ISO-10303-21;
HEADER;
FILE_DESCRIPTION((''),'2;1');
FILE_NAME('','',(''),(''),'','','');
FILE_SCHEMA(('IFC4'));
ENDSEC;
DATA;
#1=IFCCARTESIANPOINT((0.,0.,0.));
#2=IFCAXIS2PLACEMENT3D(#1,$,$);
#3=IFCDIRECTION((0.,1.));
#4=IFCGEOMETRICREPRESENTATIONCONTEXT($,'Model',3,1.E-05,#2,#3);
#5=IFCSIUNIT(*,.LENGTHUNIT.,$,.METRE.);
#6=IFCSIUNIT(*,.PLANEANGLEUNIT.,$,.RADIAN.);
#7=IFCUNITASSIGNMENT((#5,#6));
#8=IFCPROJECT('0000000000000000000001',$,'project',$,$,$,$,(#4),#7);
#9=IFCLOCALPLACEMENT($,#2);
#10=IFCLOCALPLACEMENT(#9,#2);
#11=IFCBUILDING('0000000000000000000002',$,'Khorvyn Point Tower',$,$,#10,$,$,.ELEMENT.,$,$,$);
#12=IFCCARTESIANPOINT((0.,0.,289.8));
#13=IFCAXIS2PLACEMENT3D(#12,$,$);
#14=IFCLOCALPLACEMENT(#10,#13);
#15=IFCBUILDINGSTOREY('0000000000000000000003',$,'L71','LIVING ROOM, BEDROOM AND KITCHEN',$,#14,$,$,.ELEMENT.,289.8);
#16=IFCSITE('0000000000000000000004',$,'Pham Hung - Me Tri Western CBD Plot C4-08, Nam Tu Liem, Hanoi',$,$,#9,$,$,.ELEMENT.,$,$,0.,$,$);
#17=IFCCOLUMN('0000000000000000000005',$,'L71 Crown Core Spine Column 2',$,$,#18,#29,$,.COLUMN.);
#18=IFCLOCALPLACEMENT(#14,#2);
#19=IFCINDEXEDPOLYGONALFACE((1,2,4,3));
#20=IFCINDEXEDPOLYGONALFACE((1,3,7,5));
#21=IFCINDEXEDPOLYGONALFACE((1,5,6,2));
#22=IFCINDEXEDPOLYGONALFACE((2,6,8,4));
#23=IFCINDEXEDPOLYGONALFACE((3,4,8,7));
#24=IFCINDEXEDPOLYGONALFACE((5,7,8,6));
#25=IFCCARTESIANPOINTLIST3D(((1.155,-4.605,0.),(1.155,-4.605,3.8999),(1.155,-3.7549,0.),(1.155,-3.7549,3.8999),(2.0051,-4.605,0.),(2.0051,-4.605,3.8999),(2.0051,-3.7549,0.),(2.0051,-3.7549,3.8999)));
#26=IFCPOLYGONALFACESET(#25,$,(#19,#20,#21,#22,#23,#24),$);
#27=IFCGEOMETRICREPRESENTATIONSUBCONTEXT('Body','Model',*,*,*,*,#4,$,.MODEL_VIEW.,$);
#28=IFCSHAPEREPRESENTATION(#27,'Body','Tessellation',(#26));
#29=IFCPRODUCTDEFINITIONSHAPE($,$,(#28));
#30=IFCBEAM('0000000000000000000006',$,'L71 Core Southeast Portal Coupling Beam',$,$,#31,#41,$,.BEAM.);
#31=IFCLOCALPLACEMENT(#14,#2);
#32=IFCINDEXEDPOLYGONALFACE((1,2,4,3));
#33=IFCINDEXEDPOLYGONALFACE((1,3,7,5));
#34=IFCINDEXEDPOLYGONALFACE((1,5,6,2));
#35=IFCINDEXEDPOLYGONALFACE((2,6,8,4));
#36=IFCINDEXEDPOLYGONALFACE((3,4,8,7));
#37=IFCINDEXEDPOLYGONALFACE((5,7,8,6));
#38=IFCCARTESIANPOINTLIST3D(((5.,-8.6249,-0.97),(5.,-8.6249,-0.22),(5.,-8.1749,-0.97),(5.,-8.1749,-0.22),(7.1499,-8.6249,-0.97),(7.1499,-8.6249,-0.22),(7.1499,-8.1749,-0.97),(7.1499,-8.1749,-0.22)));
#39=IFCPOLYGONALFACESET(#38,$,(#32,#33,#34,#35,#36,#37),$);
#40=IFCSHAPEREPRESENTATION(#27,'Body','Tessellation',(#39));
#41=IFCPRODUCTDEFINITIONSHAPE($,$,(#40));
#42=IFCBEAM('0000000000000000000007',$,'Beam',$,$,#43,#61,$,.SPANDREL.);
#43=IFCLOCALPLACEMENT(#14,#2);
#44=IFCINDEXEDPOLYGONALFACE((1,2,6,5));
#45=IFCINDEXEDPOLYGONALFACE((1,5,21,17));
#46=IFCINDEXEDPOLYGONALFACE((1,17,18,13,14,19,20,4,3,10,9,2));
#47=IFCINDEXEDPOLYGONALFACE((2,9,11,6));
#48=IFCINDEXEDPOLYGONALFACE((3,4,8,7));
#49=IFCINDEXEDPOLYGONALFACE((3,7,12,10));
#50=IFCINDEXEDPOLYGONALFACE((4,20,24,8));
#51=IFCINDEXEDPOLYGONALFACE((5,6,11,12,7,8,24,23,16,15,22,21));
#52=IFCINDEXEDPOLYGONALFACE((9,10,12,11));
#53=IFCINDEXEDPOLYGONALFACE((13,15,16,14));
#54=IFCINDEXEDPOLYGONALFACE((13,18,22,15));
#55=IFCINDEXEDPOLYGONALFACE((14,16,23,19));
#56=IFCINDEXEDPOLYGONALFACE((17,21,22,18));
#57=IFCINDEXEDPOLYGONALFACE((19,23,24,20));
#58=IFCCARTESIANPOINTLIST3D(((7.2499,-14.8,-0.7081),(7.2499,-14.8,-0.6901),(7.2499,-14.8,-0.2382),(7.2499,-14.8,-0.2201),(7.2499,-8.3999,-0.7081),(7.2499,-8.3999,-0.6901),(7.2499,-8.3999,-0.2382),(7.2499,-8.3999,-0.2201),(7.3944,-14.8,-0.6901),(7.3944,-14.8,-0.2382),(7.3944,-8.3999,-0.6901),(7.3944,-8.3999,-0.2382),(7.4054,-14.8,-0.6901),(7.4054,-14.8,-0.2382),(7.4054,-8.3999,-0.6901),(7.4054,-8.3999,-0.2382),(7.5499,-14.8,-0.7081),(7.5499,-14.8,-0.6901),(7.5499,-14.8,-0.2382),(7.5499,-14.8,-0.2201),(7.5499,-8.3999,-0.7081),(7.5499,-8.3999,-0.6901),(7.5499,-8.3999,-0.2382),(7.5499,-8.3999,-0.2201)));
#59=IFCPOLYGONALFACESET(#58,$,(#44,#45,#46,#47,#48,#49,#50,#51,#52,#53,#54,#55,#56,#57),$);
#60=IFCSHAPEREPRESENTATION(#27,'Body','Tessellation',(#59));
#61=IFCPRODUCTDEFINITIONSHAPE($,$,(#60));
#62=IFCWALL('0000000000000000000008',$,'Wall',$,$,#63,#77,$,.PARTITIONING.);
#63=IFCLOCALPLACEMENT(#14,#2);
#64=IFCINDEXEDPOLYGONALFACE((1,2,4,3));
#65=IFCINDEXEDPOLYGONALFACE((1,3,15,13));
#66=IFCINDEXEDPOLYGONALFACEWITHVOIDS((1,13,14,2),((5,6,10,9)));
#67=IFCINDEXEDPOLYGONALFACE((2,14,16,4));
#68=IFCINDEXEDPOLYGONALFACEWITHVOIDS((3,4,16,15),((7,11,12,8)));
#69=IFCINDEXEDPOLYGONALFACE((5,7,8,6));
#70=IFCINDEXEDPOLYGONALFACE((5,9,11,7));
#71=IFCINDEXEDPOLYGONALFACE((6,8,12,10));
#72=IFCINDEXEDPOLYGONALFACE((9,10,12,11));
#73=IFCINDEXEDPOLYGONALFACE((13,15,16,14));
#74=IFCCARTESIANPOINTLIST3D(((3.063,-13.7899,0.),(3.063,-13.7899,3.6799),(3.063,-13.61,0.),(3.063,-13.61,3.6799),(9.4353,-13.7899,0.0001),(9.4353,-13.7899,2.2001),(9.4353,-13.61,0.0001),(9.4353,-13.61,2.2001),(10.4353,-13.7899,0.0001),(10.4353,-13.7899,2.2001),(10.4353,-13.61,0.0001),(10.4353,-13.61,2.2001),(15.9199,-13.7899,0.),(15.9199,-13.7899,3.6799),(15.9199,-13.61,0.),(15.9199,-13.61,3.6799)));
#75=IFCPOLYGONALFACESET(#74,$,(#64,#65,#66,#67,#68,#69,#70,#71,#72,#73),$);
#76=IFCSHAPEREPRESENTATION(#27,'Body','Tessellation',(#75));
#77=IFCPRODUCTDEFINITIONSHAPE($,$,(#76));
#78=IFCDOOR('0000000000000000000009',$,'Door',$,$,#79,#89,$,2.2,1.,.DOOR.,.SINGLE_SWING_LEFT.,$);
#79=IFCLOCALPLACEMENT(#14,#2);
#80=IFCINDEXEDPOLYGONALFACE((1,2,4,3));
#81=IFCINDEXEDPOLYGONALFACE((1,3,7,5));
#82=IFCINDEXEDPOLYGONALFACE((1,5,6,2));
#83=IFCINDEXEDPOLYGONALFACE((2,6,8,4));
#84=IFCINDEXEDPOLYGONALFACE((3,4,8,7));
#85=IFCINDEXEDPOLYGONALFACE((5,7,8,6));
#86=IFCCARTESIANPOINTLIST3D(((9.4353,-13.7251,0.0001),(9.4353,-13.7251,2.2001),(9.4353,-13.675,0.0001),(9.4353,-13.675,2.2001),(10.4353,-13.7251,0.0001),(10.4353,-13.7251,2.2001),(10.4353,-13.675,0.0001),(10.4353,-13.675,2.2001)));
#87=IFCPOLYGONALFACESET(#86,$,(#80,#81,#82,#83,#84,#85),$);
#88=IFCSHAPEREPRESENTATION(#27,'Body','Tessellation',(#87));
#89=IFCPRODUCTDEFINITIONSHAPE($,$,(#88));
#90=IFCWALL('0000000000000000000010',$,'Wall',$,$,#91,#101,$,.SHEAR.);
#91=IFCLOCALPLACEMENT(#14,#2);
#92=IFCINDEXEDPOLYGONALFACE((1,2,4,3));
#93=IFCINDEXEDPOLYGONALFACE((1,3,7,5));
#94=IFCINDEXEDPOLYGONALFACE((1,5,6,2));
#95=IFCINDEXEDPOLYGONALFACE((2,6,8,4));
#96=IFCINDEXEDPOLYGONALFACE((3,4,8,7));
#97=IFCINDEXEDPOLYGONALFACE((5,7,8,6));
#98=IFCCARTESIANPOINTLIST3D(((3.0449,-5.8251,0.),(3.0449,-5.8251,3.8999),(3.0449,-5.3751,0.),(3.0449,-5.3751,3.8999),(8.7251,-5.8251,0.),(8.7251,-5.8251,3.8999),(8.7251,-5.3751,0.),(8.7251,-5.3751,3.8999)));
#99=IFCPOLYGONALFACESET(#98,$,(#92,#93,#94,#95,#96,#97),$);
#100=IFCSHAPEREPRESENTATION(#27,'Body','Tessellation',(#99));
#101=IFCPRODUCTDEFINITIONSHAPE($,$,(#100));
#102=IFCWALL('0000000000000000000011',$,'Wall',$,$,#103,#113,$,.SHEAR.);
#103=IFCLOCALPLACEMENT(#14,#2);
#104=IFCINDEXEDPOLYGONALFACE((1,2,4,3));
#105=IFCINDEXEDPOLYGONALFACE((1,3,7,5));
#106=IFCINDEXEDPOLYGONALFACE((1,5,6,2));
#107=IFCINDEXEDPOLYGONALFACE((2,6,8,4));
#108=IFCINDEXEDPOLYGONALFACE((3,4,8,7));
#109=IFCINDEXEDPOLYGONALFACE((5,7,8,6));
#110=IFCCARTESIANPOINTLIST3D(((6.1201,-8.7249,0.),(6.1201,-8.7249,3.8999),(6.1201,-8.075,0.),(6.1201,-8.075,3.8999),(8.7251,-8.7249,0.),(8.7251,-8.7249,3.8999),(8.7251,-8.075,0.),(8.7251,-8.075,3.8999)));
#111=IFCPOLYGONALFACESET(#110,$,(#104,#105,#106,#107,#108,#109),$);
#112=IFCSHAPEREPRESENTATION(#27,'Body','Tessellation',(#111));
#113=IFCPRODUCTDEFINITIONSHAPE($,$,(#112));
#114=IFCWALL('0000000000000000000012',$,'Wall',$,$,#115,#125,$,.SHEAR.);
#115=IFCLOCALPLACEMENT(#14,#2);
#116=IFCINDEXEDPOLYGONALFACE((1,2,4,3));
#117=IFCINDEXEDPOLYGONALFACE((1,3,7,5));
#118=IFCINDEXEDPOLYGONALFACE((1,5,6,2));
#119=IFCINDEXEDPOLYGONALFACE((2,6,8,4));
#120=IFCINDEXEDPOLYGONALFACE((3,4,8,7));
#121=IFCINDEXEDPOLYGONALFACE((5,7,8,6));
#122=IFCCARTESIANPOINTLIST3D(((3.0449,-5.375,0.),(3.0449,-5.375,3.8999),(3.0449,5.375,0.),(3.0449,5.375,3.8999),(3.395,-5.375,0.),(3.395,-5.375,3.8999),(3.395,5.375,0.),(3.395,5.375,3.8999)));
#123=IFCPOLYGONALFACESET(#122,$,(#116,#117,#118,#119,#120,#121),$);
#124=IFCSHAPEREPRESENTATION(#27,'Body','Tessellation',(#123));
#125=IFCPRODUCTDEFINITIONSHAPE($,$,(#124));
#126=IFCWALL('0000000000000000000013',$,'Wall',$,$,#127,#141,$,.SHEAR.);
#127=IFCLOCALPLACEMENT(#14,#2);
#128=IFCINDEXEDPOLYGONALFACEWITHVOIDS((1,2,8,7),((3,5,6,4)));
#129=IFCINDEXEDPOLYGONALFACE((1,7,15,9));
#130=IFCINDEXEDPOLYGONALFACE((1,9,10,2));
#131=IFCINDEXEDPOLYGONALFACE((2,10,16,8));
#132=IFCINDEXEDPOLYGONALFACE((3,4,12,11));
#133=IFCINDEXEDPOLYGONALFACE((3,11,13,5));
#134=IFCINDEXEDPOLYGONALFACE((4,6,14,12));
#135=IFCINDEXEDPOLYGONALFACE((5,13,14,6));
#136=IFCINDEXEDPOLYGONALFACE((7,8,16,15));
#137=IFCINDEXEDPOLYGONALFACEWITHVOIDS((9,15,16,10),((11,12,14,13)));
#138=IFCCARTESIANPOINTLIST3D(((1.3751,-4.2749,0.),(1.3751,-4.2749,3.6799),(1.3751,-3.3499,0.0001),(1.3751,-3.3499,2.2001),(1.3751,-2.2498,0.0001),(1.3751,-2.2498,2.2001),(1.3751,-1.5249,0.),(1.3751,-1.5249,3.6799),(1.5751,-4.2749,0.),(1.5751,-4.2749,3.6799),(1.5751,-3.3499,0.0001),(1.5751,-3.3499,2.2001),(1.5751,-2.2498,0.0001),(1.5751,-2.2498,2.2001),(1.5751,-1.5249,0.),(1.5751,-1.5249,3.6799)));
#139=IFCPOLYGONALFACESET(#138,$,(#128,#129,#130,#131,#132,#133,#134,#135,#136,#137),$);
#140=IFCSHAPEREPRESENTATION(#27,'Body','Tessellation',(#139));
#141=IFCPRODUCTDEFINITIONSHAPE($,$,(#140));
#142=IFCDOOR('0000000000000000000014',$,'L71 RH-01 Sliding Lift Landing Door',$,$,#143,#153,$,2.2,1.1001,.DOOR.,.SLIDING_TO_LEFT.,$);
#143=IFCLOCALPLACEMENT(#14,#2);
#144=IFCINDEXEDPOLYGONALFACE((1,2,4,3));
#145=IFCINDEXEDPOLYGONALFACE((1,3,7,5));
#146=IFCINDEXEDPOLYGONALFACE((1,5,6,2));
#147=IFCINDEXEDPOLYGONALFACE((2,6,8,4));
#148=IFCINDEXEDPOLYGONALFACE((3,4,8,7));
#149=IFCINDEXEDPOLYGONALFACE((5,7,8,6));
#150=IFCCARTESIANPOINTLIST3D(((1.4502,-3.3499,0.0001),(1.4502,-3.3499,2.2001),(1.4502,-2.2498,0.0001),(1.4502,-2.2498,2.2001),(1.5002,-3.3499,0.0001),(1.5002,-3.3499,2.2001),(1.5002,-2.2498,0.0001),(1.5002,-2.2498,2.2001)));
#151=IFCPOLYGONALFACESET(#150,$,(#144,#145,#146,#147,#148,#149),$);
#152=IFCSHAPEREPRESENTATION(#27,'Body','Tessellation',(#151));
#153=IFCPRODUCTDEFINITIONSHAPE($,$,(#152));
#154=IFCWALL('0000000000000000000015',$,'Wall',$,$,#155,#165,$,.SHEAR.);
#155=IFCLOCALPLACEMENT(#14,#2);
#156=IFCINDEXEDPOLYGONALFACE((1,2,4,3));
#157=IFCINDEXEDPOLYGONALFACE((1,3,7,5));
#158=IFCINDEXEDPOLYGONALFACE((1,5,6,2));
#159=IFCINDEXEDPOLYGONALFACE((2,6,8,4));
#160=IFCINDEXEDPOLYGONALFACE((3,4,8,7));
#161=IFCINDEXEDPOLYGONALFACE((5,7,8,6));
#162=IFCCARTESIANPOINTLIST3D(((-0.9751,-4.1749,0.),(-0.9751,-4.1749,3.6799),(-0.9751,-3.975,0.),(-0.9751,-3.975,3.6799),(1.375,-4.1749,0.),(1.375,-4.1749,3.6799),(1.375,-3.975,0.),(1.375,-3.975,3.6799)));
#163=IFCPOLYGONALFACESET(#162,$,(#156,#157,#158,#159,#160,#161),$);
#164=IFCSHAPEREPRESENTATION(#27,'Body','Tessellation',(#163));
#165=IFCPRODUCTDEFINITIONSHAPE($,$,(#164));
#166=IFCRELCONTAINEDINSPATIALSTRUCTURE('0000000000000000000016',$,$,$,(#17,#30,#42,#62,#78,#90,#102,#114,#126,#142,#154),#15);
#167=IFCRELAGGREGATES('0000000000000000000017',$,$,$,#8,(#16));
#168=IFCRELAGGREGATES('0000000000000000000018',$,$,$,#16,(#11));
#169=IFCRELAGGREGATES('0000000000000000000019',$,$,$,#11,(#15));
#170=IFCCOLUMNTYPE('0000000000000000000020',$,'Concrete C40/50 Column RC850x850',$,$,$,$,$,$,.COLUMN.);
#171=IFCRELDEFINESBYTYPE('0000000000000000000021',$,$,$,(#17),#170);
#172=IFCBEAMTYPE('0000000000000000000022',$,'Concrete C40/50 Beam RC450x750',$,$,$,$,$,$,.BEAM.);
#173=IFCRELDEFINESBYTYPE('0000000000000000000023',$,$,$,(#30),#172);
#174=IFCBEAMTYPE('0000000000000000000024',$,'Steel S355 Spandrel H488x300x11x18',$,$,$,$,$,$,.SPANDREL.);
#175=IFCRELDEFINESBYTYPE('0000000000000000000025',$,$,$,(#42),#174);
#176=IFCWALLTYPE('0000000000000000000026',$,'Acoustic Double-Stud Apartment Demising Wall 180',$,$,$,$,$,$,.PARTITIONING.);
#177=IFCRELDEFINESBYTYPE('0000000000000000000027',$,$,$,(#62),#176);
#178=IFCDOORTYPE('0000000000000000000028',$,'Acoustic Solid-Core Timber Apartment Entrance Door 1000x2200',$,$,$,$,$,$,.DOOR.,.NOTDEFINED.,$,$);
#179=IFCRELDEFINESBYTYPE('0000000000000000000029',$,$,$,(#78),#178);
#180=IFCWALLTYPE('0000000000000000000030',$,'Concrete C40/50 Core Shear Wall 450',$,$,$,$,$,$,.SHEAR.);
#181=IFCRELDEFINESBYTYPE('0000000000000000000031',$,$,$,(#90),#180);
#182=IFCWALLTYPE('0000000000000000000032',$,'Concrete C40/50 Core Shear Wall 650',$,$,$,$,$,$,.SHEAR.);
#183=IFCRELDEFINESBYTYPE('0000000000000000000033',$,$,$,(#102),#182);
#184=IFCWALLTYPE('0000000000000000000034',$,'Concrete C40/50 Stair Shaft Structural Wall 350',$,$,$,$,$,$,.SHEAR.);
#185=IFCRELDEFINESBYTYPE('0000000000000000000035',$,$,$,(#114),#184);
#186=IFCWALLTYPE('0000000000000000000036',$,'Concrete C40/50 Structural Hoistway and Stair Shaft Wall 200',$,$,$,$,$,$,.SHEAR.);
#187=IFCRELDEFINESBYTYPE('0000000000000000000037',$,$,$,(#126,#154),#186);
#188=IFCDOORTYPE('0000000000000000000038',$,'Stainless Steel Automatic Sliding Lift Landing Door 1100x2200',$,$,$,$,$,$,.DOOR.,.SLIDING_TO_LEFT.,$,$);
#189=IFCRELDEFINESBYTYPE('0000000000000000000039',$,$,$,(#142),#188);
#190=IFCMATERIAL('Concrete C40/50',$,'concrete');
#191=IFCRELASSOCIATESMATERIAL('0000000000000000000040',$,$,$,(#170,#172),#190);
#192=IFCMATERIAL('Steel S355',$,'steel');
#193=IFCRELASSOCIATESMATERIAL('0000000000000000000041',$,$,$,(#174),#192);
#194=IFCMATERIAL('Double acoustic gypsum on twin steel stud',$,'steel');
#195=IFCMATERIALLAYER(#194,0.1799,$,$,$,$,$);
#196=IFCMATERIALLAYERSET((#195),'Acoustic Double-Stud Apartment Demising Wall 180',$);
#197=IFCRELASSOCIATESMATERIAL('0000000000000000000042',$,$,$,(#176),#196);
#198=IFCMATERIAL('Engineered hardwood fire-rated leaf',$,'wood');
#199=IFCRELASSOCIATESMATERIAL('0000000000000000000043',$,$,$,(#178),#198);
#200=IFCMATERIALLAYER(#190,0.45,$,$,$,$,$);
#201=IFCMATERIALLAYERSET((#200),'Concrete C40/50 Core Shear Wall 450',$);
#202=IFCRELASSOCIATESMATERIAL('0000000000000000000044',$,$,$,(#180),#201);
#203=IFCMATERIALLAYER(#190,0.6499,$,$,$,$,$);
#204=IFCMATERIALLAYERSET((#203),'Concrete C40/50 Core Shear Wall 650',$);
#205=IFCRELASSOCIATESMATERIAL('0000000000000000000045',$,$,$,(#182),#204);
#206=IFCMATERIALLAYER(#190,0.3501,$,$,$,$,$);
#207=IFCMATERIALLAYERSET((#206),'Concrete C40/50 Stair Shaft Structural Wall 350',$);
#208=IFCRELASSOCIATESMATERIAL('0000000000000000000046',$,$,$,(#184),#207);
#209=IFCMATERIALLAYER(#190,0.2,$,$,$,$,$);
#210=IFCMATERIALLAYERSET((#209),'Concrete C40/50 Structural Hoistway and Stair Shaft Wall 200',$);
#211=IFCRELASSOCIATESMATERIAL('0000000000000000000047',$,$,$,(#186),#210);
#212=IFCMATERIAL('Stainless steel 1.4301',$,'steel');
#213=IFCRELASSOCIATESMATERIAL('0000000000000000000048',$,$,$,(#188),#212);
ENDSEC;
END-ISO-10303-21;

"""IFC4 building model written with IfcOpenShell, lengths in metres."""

from ifc_helpers import new_model, si_unit, direction, frame, frame_2d, origin, origin_2d, place, context, subcontext, project, spatial, rectangle, i_section, extrude, material, layer, layer_set, material_profile, profile_set, type_object, element, fill, save


model = new_model("IFC4")

# Units and contexts
model_context = context("Model", 3, precision=1e-05, world=origin(), true_north=direction((0.0, 1.0)))
body_context = subcontext(model_context, "Body", "Model", "MODEL_VIEW")
ifc_project = project(units=[si_unit("LENGTHUNIT", "METRE"), si_unit("PLANEANGLEUNIT", "RADIAN")], contexts=[model_context])

# Site, building, storey
site_placement = place(None, origin())
site = spatial("IfcSite", under=ifc_project, at=site_placement, Name="Pham Hung - Me Tri Western CBD Plot C4-08, Nam Tu Liem, Hanoi", CompositionType="ELEMENT", RefElevation=0.0)
building_placement = place(site_placement, origin())
building = spatial("IfcBuilding", under=site, at=building_placement, Name="Khorvyn Point Tower", CompositionType="ELEMENT")
storey_placement = place(building_placement, frame((0.0, 0.0, 289.8)))
storey = spatial("IfcBuildingStorey", under=building, at=storey_placement, Name="L71", Description="LIVING ROOM, BEDROOM AND KITCHEN", CompositionType="ELEMENT", Elevation=289.8)

# Column
ifc_material_1 = material(Name="Concrete C40/50", Category="concrete")
ifc_material_profile_1 = material_profile(ifc_material_1, rectangle(XDim=0.8501, YDim=0.8501, at=origin_2d()))
ifc_profile_set_1 = profile_set([ifc_material_profile_1], Name="Concrete C40/50 RC850x850")
column_type = type_object("IfcColumnType", Name="Concrete C40/50 Column RC850x850", PredefinedType="COLUMN", material=ifc_profile_set_1)
column_placement = place(storey_placement, frame((1.5801, -4.1799, 0.0), z_axis=(0.0, 0.0, 1.0), x_axis=(1.0, 0.0, 0.0)))
element("IfcColumn", 1, at=column_placement, inside=storey, type_object=column_type, Name="L71 Crown Core Spine Column 2", PredefinedType="COLUMN", context=body_context, shape_type="SweptSolid", body=[
    extrude(rectangle(XDim=0.8501, YDim=0.8501, at=origin_2d()), origin(), (0.0, 0.0, 1.0), 3.8999),
])

# Beams
ifc_material_profile_2 = material_profile(ifc_material_1, rectangle(XDim=0.45, YDim=0.75, at=origin_2d()))
ifc_profile_set_2 = profile_set([ifc_material_profile_2], Name="Concrete C40/50 RC450x750")
beam_type_1 = type_object("IfcBeamType", Name="Concrete C40/50 Beam RC450x750", PredefinedType="BEAM", material=ifc_profile_set_2)
beam_1_placement = place(storey_placement, frame((5.0, -8.3999, -0.595), z_axis=(1.0, 0.0, 0.0), x_axis=(0.0, 1.0, 0.0)))
element("IfcBeam", 2, at=beam_1_placement, inside=storey, type_object=beam_type_1, Name="L71 Core Southeast Portal Coupling Beam", PredefinedType="BEAM", context=body_context, shape_type="SweptSolid", body=[
    extrude(rectangle(XDim=0.45, YDim=0.75, at=origin_2d()), origin(), (0.0, 0.0, 1.0), 2.1499),
])
ifc_material_2 = material(Name="Steel S355", Category="steel")
ifc_material_profile_3 = material_profile(ifc_material_2, i_section(OverallWidth=0.3, OverallDepth=0.488, WebThickness=0.011, FlangeThickness=0.0181, at=origin_2d()))
ifc_profile_set_3 = profile_set([ifc_material_profile_3], Name="Steel S355 H488x300x11x18")
beam_type_2 = type_object("IfcBeamType", Name="Steel S355 Spandrel H488x300x11x18", PredefinedType="SPANDREL", material=ifc_profile_set_3)
beam_2_placement = place(storey_placement, frame((7.3999, -14.8, -0.4641), z_axis=(0.0, 1.0, 0.0), x_axis=(-1.0, 0.0, 0.0)))
element("IfcBeam", 3, at=beam_2_placement, inside=storey, type_object=beam_type_2, Name="Beam", PredefinedType="SPANDREL", context=body_context, shape_type="SweptSolid", body=[
    extrude(i_section(OverallWidth=0.3, OverallDepth=0.488, WebThickness=0.011, FlangeThickness=0.0181, at=origin_2d()), origin(), (0.0, 0.0, 1.0), 6.4001),
])

# Wall, opening, door
ifc_material_3 = material(Name="Double acoustic gypsum on twin steel stud", Category="steel")
ifc_layer_1 = layer(ifc_material_3, 0.1799)
ifc_layer_set_1 = layer_set([ifc_layer_1], Name="Acoustic Double-Stud Apartment Demising Wall 180")
wall_type_1 = type_object("IfcWallType", Name="Acoustic Double-Stud Apartment Demising Wall 180", PredefinedType="PARTITIONING", material=ifc_layer_set_1)
wall_1_placement = place(storey_placement, frame((3.063, -13.7, 0.0), z_axis=(0.0, 0.0, 1.0), x_axis=(1.0, 0.0, 0.0)))
wall_1 = element("IfcWall", 4, at=wall_1_placement, inside=storey, type_object=wall_type_1, Name="Wall", PredefinedType="PARTITIONING", context=body_context, shape_type="SweptSolid", body=[
    extrude(rectangle(XDim=12.8569, YDim=0.1799, at=frame_2d((6.4285, 0.0))), origin(), (0.0, 0.0, 1.0), 3.6799),
])
opening_1_placement = place(wall_1_placement, frame((6.3723, 0.0, 0.0)))
opening_1 = element("IfcOpeningElement", 5, at=opening_1_placement, cuts=wall_1, PredefinedType="OPENING", context=body_context, shape_type="SweptSolid", body=[
    extrude(rectangle(XDim=1.0, YDim=2.2, at=frame_2d((0.5, 1.1001))), frame((0.0, 0.0999, 0.0), z_axis=(0.0, -1.0, 0.0), x_axis=(1.0, 0.0, 0.0)), (0.0, 0.0, 1.0), 0.2),
])
ifc_material_4 = material(Name="Engineered hardwood fire-rated leaf", Category="wood")
door_type_1 = type_object("IfcDoorType", Name="Acoustic Solid-Core Timber Apartment Entrance Door 1000x2200", OperationType="NOTDEFINED", PredefinedType="DOOR", material=ifc_material_4)
door_1_placement = place(opening_1_placement, origin())
door_1 = element("IfcDoor", 6, at=door_1_placement, inside=storey, type_object=door_type_1, Name="Door", OperationType="SINGLE_SWING_LEFT", OverallHeight=2.2, OverallWidth=1.0, PredefinedType="DOOR", context=body_context, shape_type="SweptSolid", body=[
    extrude(rectangle(XDim=1.0, YDim=2.2, at=frame_2d((0.5, 1.1001))), frame((0.0, 0.0249, 0.0), z_axis=(0.0, -1.0, 0.0), x_axis=(1.0, 0.0, 0.0)), (0.0, 0.0, 1.0), 0.05),
])
fill(opening_1, door_1)

# Walls
ifc_layer_2 = layer(ifc_material_1, 0.45)
ifc_layer_set_2 = layer_set([ifc_layer_2], Name="Concrete C40/50 Core Shear Wall 450")
wall_type_2 = type_object("IfcWallType", Name="Concrete C40/50 Core Shear Wall 450", PredefinedType="SHEAR", material=ifc_layer_set_2)
wall_2_placement = place(storey_placement, frame((3.0449, -5.6001, 0.0), z_axis=(0.0, 0.0, 1.0), x_axis=(1.0, 0.0, 0.0)))
element("IfcWall", 7, at=wall_2_placement, inside=storey, type_object=wall_type_2, Name="Wall", PredefinedType="SHEAR", context=body_context, shape_type="SweptSolid", body=[
    extrude(rectangle(XDim=5.6802, YDim=0.45, at=frame_2d((2.8401, 0.0))), origin(), (0.0, 0.0, 1.0), 3.8999),
])
ifc_layer_3 = layer(ifc_material_1, 0.6499)
ifc_layer_set_3 = layer_set([ifc_layer_3], Name="Concrete C40/50 Core Shear Wall 650")
wall_type_3 = type_object("IfcWallType", Name="Concrete C40/50 Core Shear Wall 650", PredefinedType="SHEAR", material=ifc_layer_set_3)
wall_3_placement = place(storey_placement, frame((6.1201, -8.3999, 0.0), z_axis=(0.0, 0.0, 1.0), x_axis=(1.0, 0.0, 0.0)))
element("IfcWall", 8, at=wall_3_placement, inside=storey, type_object=wall_type_3, Name="Wall", PredefinedType="SHEAR", context=body_context, shape_type="SweptSolid", body=[
    extrude(rectangle(XDim=2.605, YDim=0.6499, at=frame_2d((1.3025, 0.0))), origin(), (0.0, 0.0, 1.0), 3.8999),
])

# Wall
ifc_layer_4 = layer(ifc_material_1, 0.3501)
ifc_layer_set_4 = layer_set([ifc_layer_4], Name="Concrete C40/50 Stair Shaft Structural Wall 350")
wall_type_4 = type_object("IfcWallType", Name="Concrete C40/50 Stair Shaft Structural Wall 350", PredefinedType="SHEAR", material=ifc_layer_set_4)
wall_4_placement = place(storey_placement, frame((3.22, -5.375, 0.0), z_axis=(0.0, 0.0, 1.0), x_axis=(0.0, 1.0, 0.0)))
element("IfcWall", 9, at=wall_4_placement, inside=storey, type_object=wall_type_4, Name="Wall", PredefinedType="SHEAR", context=body_context, shape_type="SweptSolid", body=[
    extrude(rectangle(XDim=10.75, YDim=0.3501, at=frame_2d((5.375, 0.0))), origin(), (0.0, 0.0, 1.0), 3.8999),
])

# Wall, opening, door
ifc_layer_5 = layer(ifc_material_1, 0.2)
ifc_layer_set_5 = layer_set([ifc_layer_5], Name="Concrete C40/50 Structural Hoistway and Stair Shaft Wall 200")
wall_type_5 = type_object("IfcWallType", Name="Concrete C40/50 Structural Hoistway and Stair Shaft Wall 200", PredefinedType="SHEAR", material=ifc_layer_set_5)
wall_5_placement = place(storey_placement, frame((1.4751, -4.2749, 0.0), z_axis=(0.0, 0.0, 1.0), x_axis=(0.0, 1.0, 0.0)))
wall_5 = element("IfcWall", 10, at=wall_5_placement, inside=storey, type_object=wall_type_5, Name="Wall", PredefinedType="SHEAR", context=body_context, shape_type="SweptSolid", body=[
    extrude(rectangle(XDim=2.75, YDim=0.2, at=frame_2d((1.375, 0.0))), origin(), (0.0, 0.0, 1.0), 3.6799),
])
opening_2_placement = place(wall_5_placement, frame((0.925, 0.0, 0.0)))
opening_2 = element("IfcOpeningElement", 11, at=opening_2_placement, cuts=wall_5, PredefinedType="OPENING", context=body_context, shape_type="SweptSolid", body=[
    extrude(rectangle(XDim=1.1001, YDim=2.2, at=frame_2d((0.55, 1.1001))), frame((0.0, 0.1099, 0.0), z_axis=(0.0, -1.0, 0.0), x_axis=(1.0, 0.0, 0.0)), (0.0, 0.0, 1.0), 0.22),
])
ifc_material_5 = material(Name="Stainless steel 1.4301", Category="steel")
door_type_2 = type_object("IfcDoorType", Name="Stainless Steel Automatic Sliding Lift Landing Door 1100x2200", OperationType="SLIDING_TO_LEFT", PredefinedType="DOOR", material=ifc_material_5)
door_2_placement = place(opening_2_placement, origin())
door_2 = element("IfcDoor", 12, at=door_2_placement, inside=storey, type_object=door_type_2, Name="L71 RH-01 Sliding Lift Landing Door", OperationType="SLIDING_TO_LEFT", OverallHeight=2.2, OverallWidth=1.1001, PredefinedType="DOOR", context=body_context, shape_type="SweptSolid", body=[
    extrude(rectangle(XDim=1.1001, YDim=2.2, at=frame_2d((0.55, 1.1001))), frame((0.0, 0.0249, 0.0), z_axis=(0.0, -1.0, 0.0), x_axis=(1.0, 0.0, 0.0)), (0.0, 0.0, 1.0), 0.05),
])
fill(opening_2, door_2)

# Wall
wall_6_placement = place(storey_placement, frame((-0.9751, -4.075, 0.0), z_axis=(0.0, 0.0, 1.0), x_axis=(1.0, 0.0, 0.0)))
element("IfcWall", 13, at=wall_6_placement, inside=storey, type_object=wall_type_5, Name="Wall", PredefinedType="SHEAR", context=body_context, shape_type="SweptSolid", body=[
    extrude(rectangle(XDim=2.3501, YDim=0.2, at=frame_2d((1.175, 0.0))), origin(), (0.0, 0.0, 1.0), 3.6799),
])

save(model, "model.ifc")
